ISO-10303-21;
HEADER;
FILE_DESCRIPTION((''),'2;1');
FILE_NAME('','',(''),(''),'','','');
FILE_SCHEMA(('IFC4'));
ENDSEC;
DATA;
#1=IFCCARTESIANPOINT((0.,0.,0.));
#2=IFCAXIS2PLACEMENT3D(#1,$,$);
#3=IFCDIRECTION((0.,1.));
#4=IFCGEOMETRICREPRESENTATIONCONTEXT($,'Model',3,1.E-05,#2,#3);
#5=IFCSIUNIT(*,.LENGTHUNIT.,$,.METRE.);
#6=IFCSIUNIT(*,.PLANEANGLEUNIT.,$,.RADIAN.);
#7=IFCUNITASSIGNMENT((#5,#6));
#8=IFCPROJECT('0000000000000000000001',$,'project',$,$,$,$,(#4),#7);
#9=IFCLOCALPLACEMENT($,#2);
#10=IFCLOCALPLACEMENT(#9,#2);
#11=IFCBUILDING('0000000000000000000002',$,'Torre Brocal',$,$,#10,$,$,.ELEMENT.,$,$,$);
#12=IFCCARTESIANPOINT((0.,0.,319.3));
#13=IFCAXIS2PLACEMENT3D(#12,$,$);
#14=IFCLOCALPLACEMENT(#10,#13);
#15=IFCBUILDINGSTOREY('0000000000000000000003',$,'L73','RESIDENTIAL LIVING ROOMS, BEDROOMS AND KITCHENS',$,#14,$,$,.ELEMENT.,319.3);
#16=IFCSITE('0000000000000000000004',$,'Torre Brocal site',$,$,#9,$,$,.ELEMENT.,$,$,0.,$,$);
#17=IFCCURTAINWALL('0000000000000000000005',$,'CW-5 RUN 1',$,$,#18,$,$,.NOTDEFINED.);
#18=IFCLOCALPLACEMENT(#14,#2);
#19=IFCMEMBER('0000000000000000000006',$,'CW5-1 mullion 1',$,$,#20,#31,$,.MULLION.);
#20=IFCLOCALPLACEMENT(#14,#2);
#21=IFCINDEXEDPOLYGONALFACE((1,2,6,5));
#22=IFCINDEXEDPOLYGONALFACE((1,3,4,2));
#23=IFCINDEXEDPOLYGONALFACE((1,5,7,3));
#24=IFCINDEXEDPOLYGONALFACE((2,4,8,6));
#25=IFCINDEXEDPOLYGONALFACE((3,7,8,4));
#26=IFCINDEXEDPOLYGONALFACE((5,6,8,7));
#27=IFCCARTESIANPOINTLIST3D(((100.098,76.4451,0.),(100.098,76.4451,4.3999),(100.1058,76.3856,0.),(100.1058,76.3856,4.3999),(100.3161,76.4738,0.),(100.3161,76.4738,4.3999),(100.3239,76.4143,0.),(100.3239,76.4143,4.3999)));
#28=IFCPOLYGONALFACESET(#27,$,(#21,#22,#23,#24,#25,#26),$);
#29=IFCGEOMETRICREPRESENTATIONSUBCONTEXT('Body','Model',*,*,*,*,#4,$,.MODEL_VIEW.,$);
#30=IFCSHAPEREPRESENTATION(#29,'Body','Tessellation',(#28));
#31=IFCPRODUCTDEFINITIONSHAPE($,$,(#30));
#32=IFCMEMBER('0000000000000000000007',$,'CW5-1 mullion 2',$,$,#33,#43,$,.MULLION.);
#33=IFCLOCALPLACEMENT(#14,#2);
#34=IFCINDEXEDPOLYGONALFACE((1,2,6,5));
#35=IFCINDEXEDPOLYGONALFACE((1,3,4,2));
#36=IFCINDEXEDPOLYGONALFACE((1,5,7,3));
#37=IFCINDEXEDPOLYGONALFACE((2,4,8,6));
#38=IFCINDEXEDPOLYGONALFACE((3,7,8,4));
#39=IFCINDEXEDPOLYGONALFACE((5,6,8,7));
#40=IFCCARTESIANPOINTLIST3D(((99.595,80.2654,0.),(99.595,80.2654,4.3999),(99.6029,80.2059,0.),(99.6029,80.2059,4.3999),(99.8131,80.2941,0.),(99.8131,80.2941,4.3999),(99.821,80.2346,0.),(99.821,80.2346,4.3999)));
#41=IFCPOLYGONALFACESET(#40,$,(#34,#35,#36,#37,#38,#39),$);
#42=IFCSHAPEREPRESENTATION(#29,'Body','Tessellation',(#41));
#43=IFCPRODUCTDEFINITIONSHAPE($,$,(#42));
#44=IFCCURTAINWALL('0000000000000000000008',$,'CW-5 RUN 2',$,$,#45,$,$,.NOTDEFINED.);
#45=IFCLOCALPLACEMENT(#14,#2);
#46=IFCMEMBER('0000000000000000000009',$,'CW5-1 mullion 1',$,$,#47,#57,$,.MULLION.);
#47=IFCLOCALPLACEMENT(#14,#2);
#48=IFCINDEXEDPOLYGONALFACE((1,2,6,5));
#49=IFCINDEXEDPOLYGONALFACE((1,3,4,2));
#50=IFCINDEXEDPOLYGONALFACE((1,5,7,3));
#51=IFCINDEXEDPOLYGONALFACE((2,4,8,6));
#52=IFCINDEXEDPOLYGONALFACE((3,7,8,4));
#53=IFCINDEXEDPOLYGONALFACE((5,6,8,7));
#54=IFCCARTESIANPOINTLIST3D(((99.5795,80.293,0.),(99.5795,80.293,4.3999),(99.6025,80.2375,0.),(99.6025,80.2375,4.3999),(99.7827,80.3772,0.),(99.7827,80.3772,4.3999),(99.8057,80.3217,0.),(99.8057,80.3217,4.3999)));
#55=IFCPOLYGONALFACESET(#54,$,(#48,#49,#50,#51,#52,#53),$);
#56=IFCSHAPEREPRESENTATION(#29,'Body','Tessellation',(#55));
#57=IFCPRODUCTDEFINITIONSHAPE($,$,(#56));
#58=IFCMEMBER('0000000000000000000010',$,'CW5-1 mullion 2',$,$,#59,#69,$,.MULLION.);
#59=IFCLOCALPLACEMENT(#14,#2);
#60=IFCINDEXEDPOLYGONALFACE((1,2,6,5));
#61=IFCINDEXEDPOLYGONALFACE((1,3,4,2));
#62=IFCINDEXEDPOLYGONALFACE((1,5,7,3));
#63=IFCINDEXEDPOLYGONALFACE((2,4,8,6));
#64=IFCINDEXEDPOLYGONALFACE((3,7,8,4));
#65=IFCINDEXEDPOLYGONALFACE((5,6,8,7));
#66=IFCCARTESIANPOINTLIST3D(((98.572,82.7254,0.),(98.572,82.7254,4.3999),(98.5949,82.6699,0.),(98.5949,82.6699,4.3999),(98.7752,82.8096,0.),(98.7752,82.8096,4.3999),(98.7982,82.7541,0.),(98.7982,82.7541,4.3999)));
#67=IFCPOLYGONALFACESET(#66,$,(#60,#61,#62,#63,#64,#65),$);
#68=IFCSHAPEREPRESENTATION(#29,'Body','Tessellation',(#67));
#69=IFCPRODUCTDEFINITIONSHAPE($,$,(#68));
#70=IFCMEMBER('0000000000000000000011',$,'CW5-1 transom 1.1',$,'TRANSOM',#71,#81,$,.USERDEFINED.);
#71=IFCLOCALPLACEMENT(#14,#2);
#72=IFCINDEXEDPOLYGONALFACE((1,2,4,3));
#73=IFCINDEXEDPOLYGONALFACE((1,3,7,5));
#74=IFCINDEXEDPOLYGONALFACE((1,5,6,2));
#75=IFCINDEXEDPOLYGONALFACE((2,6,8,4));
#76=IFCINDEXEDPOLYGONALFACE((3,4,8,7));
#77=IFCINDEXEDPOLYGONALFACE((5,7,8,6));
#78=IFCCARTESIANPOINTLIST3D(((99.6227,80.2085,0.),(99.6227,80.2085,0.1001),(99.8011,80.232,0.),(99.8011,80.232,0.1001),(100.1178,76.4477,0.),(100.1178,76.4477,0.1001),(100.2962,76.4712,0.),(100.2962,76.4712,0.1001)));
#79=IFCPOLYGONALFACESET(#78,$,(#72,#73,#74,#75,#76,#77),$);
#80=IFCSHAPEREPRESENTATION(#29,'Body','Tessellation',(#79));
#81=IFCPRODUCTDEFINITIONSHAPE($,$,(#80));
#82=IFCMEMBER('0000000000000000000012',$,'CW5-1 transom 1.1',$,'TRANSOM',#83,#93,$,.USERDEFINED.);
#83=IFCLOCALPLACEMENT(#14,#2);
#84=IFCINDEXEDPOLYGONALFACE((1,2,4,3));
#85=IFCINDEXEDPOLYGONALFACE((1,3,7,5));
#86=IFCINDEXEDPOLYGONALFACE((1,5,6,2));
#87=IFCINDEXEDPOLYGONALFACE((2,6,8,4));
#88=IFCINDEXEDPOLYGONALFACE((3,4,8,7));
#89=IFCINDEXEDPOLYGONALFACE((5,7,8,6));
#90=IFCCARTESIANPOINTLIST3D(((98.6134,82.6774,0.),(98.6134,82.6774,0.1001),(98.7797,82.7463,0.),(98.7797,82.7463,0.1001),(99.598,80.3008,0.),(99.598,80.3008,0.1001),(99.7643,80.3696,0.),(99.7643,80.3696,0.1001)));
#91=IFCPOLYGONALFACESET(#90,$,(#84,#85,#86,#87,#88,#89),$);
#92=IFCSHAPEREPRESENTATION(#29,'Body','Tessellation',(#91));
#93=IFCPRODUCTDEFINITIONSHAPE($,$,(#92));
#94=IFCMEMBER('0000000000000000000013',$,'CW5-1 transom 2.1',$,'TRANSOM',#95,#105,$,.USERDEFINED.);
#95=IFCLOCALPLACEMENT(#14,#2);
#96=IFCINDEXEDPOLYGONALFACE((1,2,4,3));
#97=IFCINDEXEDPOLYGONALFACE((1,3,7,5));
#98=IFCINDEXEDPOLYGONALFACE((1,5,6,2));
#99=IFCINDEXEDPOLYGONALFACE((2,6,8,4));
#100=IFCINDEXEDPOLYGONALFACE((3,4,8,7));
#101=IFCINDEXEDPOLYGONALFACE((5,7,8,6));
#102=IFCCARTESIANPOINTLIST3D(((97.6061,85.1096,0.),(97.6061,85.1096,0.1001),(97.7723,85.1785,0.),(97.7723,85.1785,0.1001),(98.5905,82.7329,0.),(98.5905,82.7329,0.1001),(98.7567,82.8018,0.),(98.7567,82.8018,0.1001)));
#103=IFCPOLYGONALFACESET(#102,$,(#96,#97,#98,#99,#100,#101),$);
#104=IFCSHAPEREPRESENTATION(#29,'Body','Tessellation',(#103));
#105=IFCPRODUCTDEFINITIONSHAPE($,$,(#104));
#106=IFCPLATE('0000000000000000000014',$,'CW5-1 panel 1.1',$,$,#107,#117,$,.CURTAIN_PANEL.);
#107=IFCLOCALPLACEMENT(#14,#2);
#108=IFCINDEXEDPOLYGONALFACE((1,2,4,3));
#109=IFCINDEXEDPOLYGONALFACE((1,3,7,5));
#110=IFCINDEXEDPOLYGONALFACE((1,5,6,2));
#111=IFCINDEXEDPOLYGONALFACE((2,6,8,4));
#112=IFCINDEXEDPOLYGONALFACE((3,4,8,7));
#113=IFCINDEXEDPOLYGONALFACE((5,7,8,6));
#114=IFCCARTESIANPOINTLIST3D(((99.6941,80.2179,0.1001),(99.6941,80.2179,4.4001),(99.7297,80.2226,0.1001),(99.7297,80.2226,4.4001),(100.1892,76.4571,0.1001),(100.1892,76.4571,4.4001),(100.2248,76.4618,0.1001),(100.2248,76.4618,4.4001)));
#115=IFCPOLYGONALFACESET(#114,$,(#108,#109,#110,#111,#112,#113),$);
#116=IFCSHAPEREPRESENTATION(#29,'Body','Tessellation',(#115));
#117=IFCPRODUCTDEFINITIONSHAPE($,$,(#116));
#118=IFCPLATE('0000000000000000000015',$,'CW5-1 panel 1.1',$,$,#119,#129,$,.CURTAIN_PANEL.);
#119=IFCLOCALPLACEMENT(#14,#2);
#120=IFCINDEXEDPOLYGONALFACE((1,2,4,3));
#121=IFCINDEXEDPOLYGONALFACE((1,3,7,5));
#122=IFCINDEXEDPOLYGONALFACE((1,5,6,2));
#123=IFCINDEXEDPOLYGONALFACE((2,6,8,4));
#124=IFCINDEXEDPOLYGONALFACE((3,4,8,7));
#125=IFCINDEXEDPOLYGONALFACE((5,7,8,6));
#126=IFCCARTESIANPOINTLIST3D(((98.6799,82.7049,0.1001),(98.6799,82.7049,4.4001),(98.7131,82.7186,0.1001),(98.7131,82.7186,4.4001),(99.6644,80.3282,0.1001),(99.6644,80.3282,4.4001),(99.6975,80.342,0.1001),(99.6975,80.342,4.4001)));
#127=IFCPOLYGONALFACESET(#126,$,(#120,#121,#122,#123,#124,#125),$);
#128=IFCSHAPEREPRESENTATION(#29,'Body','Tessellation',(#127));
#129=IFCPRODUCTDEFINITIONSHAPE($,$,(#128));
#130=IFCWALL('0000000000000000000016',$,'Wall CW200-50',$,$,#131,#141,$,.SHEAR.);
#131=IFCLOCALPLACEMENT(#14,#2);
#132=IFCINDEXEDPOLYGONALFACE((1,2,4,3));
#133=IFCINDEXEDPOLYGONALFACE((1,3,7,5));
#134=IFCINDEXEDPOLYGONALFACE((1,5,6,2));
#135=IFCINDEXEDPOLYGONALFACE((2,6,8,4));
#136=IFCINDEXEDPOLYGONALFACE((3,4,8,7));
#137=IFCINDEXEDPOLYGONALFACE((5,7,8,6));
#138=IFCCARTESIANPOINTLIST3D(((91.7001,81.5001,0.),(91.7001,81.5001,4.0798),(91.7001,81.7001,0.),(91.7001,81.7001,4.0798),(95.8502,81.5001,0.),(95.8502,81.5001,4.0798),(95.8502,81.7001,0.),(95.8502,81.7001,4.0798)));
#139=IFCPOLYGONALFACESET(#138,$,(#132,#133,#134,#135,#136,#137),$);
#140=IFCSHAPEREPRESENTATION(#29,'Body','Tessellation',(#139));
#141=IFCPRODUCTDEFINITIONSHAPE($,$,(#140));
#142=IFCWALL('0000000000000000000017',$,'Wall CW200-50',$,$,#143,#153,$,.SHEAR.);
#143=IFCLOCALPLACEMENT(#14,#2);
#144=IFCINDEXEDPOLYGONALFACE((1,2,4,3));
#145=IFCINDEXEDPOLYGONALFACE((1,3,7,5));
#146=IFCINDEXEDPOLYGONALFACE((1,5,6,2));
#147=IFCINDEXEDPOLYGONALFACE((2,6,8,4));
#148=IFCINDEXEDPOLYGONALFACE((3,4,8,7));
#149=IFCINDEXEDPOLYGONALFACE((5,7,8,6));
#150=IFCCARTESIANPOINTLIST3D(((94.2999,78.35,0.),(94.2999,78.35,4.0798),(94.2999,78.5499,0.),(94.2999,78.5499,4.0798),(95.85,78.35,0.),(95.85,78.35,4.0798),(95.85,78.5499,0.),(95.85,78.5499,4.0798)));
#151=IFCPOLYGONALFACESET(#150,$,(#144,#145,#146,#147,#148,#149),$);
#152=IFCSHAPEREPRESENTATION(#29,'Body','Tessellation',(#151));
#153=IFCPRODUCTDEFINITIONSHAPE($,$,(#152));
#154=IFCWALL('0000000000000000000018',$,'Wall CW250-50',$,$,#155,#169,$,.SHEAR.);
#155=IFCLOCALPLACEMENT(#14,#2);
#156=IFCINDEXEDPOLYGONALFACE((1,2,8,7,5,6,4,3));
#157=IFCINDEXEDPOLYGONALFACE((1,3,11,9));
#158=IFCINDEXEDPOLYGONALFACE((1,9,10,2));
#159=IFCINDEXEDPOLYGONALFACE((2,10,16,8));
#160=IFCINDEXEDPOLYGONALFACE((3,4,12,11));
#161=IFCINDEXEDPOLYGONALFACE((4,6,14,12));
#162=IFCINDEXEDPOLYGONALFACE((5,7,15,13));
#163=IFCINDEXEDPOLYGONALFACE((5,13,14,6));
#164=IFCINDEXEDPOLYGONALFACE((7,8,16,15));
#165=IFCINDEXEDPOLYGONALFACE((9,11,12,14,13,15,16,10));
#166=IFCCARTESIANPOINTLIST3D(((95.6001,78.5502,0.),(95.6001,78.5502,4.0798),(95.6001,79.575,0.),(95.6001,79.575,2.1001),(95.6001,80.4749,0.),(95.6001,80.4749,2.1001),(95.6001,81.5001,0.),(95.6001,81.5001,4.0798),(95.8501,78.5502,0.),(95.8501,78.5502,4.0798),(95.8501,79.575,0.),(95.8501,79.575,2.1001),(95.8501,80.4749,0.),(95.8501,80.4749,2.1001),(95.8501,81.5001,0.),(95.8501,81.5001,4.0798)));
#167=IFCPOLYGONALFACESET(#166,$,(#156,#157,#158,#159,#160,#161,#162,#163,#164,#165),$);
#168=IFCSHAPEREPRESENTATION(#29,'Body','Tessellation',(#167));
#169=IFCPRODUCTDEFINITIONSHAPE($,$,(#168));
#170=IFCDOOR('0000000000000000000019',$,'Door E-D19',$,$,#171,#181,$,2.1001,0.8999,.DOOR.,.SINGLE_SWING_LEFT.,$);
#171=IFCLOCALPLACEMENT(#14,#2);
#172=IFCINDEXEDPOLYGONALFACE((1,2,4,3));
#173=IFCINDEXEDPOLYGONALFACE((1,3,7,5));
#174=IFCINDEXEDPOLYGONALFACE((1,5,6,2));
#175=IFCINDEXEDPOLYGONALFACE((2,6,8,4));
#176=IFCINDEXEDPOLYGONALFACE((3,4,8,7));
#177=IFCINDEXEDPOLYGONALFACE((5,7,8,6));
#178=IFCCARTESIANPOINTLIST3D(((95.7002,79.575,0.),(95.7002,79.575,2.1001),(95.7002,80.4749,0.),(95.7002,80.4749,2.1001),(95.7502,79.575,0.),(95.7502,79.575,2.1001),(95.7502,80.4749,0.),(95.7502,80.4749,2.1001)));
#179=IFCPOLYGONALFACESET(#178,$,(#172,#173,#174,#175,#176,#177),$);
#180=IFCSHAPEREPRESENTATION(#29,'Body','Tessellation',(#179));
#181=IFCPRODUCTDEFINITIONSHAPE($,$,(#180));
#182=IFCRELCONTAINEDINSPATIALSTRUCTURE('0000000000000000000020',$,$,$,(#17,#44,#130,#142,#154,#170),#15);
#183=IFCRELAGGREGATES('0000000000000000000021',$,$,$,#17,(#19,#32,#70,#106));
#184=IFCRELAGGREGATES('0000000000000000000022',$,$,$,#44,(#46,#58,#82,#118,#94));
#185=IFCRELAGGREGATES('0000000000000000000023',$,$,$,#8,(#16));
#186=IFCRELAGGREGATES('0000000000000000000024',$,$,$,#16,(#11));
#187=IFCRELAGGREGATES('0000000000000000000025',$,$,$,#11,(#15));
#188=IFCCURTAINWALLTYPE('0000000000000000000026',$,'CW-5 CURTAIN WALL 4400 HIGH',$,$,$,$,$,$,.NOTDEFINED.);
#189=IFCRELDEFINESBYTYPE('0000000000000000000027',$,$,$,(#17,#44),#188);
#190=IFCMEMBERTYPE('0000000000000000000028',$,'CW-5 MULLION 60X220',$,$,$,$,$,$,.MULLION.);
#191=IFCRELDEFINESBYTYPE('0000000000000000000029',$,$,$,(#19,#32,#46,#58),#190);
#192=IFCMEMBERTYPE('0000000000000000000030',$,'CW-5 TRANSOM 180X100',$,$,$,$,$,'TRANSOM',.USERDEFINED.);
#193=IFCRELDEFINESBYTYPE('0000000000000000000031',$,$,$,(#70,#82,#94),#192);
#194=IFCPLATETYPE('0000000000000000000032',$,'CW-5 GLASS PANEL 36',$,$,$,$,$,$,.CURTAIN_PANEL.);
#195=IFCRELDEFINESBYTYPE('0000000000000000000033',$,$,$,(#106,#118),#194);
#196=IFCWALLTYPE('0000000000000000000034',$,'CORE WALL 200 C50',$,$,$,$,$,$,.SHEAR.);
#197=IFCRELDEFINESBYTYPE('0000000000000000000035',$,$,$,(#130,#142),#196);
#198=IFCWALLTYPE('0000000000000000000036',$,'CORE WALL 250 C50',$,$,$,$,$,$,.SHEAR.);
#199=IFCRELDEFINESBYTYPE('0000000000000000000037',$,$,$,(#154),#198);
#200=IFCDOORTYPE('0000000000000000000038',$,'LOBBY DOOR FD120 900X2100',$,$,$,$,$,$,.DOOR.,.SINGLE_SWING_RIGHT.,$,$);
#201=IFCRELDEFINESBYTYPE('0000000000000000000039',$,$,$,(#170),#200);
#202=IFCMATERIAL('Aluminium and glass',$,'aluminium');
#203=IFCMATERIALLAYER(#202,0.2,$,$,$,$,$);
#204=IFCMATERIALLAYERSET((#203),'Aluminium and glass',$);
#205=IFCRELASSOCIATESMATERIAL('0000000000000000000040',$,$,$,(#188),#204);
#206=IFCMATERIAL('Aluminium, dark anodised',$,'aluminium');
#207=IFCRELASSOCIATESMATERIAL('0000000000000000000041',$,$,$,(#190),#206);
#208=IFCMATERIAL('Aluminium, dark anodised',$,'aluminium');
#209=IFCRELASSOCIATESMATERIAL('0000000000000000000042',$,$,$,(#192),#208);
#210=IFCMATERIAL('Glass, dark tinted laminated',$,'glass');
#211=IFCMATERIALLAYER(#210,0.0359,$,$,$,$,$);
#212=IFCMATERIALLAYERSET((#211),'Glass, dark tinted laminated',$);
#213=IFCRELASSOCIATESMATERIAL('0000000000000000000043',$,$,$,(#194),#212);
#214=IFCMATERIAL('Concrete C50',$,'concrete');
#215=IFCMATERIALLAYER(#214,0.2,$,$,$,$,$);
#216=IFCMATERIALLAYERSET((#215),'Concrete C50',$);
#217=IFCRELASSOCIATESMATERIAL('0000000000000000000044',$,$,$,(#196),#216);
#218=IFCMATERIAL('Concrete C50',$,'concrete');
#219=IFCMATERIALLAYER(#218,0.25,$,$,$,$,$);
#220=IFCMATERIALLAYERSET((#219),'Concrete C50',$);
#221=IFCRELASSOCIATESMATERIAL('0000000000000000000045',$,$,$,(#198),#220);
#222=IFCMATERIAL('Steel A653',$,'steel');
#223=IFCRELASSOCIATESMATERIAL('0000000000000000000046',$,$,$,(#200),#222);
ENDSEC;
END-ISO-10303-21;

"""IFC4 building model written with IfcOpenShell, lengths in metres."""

from ifc_helpers import new_model, si_unit, direction, frame, frame_2d, origin, origin_2d, place, context, subcontext, project, spatial, rectangle, extrude, material, layer, layer_set, material_profile, profile_set, type_object, element, fill, aggregate, save


model = new_model("IFC4")

# Units and contexts
model_context = context("Model", 3, precision=1e-05, world=origin(), true_north=direction((0.0, 1.0)))
body_context = subcontext(model_context, "Body", "Model", "MODEL_VIEW")
ifc_project = project(units=[si_unit("LENGTHUNIT", "METRE"), si_unit("PLANEANGLEUNIT", "RADIAN")], contexts=[model_context])

# Site, building, storey
site_placement = place(None, origin())
site = spatial("IfcSite", under=ifc_project, at=site_placement, Name="Torre Brocal site", CompositionType="ELEMENT", RefElevation=0.0)
building_placement = place(site_placement, origin())
building = spatial("IfcBuilding", under=site, at=building_placement, Name="Torre Brocal", CompositionType="ELEMENT")
storey_placement = place(building_placement, frame((0.0, 0.0, 319.3)))
storey = spatial("IfcBuildingStorey", under=building, at=storey_placement, Name="L73", Description="RESIDENTIAL LIVING ROOMS, BEDROOMS AND KITCHENS", CompositionType="ELEMENT", Elevation=319.3)

# Curtain walls, members
ifc_material_1 = material(Name="Aluminium and glass", Category="aluminium")
ifc_layer_1 = layer(ifc_material_1, 0.2)
ifc_layer_set_1 = layer_set([ifc_layer_1], Name="Aluminium and glass")
curtain_wall_type = type_object("IfcCurtainWallType", Name="CW-5 CURTAIN WALL 4400 HIGH", PredefinedType="NOTDEFINED", material=ifc_layer_set_1)
curtain_wall_1_placement = place(storey_placement, origin())
curtain_wall_1 = element("IfcCurtainWall", 1, at=curtain_wall_1_placement, inside=storey, type_object=curtain_wall_type, Name="CW-5 RUN 1", PredefinedType="NOTDEFINED")
ifc_material_2 = material(Name="Aluminium, dark anodised", Category="aluminium")
ifc_material_profile_1 = material_profile(ifc_material_2, rectangle(XDim=0.22, YDim=0.0601, at=origin_2d()), Name="CW-5 MULLION 60X220")
ifc_profile_set_1 = profile_set([ifc_material_profile_1], Name="Aluminium, dark anodised")
member_type_1 = type_object("IfcMemberType", Name="CW-5 MULLION 60X220", PredefinedType="MULLION", material=ifc_profile_set_1)
member_1_placement = place(storey_placement, frame((100.2109, 76.4297, 0.0), z_axis=(0.0, 0.0, 1.0), x_axis=(-0.991445, -0.130526, 0.0)))
member_1 = element("IfcMember", 2, at=member_1_placement, type_object=member_type_1, Name="CW5-1 mullion 1", PredefinedType="MULLION", context=body_context, shape_type="SweptSolid", body=[
    extrude(rectangle(XDim=0.22, YDim=0.0601, at=origin_2d()), origin(), (0.0, 0.0, 1.0), 4.3999),
])
member_2_placement = place(storey_placement, frame((99.708, 80.25, 0.0), z_axis=(0.0, 0.0, 1.0), x_axis=(-0.991445, -0.130526, 0.0)))
member_2 = element("IfcMember", 3, at=member_2_placement, type_object=member_type_1, Name="CW5-1 mullion 2", PredefinedType="MULLION", context=body_context, shape_type="SweptSolid", body=[
    extrude(rectangle(XDim=0.22, YDim=0.0601, at=origin_2d()), origin(), (0.0, 0.0, 1.0), 4.3999),
])
curtain_wall_2_placement = place(storey_placement, origin())
curtain_wall_2 = element("IfcCurtainWall", 4, at=curtain_wall_2_placement, inside=storey, type_object=curtain_wall_type, Name="CW-5 RUN 2", PredefinedType="NOTDEFINED")
member_3_placement = place(storey_placement, frame((99.6926, 80.3074, 0.0), z_axis=(0.0, 0.0, 1.0), x_axis=(-0.92388, -0.382683, 0.0)))
member_3 = element("IfcMember", 5, at=member_3_placement, type_object=member_type_1, Name="CW5-1 mullion 1", PredefinedType="MULLION", context=body_context, shape_type="SweptSolid", body=[
    extrude(rectangle(XDim=0.22, YDim=0.0601, at=origin_2d()), origin(), (0.0, 0.0, 1.0), 4.3999),
])
member_4_placement = place(storey_placement, frame((98.6851, 82.7397, 0.0), z_axis=(0.0, 0.0, 1.0), x_axis=(-0.92388, -0.382683, 0.0)))
member_4 = element("IfcMember", 6, at=member_4_placement, type_object=member_type_1, Name="CW5-1 mullion 2", PredefinedType="MULLION", context=body_context, shape_type="SweptSolid", body=[
    extrude(rectangle(XDim=0.22, YDim=0.0601, at=origin_2d()), origin(), (0.0, 0.0, 1.0), 4.3999),
])

# Members
ifc_material_3 = material(Name="Aluminium, dark anodised", Category="aluminium")
ifc_material_profile_2 = material_profile(ifc_material_3, rectangle(XDim=0.1799, YDim=0.1001, at=origin_2d()), Name="CW-5 TRANSOM 180X100")
ifc_profile_set_2 = profile_set([ifc_material_profile_2], Name="Aluminium, dark anodised")
member_type_2 = type_object("IfcMemberType", Name="CW-5 TRANSOM 180X100", ElementType="TRANSOM", PredefinedType="USERDEFINED", material=ifc_profile_set_2)
member_5_placement = place(storey_placement, frame((100.207, 76.4595, 0.05), z_axis=(-0.130528, 0.991445, 0.0), x_axis=(-0.991445, -0.130528, 0.0)))
member_5 = element("IfcMember", 7, at=member_5_placement, type_object=member_type_2, Name="CW5-1 transom 1.1", ObjectType="TRANSOM", PredefinedType="USERDEFINED", context=body_context, shape_type="SweptSolid", body=[
    extrude(rectangle(XDim=0.1799, YDim=0.1001, at=origin_2d()), origin(), (0.0, 0.0, 1.0), 3.7932),
])
member_6_placement = place(storey_placement, frame((99.6812, 80.3352, 0.05), z_axis=(-0.382735, 0.923858, 0.0), x_axis=(-0.923858, -0.382735, 0.0)))
member_6 = element("IfcMember", 8, at=member_6_placement, type_object=member_type_2, Name="CW5-1 transom 1.1", ObjectType="TRANSOM", PredefinedType="USERDEFINED", context=body_context, shape_type="SweptSolid", body=[
    extrude(rectangle(XDim=0.1799, YDim=0.1001, at=origin_2d()), origin(), (0.0, 0.0, 1.0), 2.5725),
])
member_7_placement = place(storey_placement, frame((98.6736, 82.7673, 0.05), z_axis=(-0.382654, 0.923892, 0.0), x_axis=(-0.923892, -0.382654, 0.0)))
member_7 = element("IfcMember", 9, at=member_7_placement, type_object=member_type_2, Name="CW5-1 transom 2.1", ObjectType="TRANSOM", PredefinedType="USERDEFINED", context=body_context, shape_type="SweptSolid", body=[
    extrude(rectangle(XDim=0.1799, YDim=0.1001, at=origin_2d()), origin(), (0.0, 0.0, 1.0), 2.5725),
])

# Plates
ifc_material_4 = material(Name="Glass, dark tinted laminated", Category="glass")
ifc_layer_2 = layer(ifc_material_4, 0.0359)
ifc_layer_set_2 = layer_set([ifc_layer_2], Name="Glass, dark tinted laminated")
plate_type = type_object("IfcPlateType", Name="CW-5 GLASS PANEL 36", PredefinedType="CURTAIN_PANEL", material=ifc_layer_set_2)
plate_1_placement = place(storey_placement, frame((99.9595, 78.3398, 0.1001), z_axis=(0.0, 0.0, 1.0), x_axis=(-0.130526, 0.991445, 0.0)))
plate_1 = element("IfcPlate", 10, at=plate_1_placement, type_object=plate_type, Name="CW5-1 panel 1.1", PredefinedType="CURTAIN_PANEL", context=body_context, shape_type="SweptSolid", body=[
    extrude(rectangle(XDim=3.7932, YDim=0.0359, at=origin_2d()), origin(), (0.0, 0.0, 1.0), 4.3),
])
aggregate(curtain_wall_1, [member_1, member_2, member_5, plate_1])
plate_2_placement = place(storey_placement, frame((99.1887, 81.5234, 0.1001), z_axis=(0.0, 0.0, 1.0), x_axis=(-0.382683, 0.92388, 0.0)))
plate_2 = element("IfcPlate", 11, at=plate_2_placement, type_object=plate_type, Name="CW5-1 panel 1.1", PredefinedType="CURTAIN_PANEL", context=body_context, shape_type="SweptSolid", body=[
    extrude(rectangle(XDim=2.5725, YDim=0.0359, at=origin_2d()), origin(), (0.0, 0.0, 1.0), 4.3),
])
aggregate(curtain_wall_2, [member_3, member_4, member_6, plate_2, member_7])

# Walls
ifc_material_5 = material(Name="Concrete C50", Category="concrete")
ifc_layer_3 = layer(ifc_material_5, 0.2)
ifc_layer_set_3 = layer_set([ifc_layer_3], Name="Concrete C50")
wall_type_1 = type_object("IfcWallType", Name="CORE WALL 200 C50", PredefinedType="SHEAR", material=ifc_layer_set_3)
wall_1_placement = place(storey_placement, frame((91.7, 81.6001, 0.0), z_axis=(0.0, 0.0, 1.0), x_axis=(1.0, 0.0, 0.0)))
element("IfcWall", 12, at=wall_1_placement, inside=storey, type_object=wall_type_1, Name="Wall CW200-50", PredefinedType="SHEAR", context=body_context, shape_type="SweptSolid", body=[
    extrude(rectangle(XDim=4.1501, YDim=0.2, at=frame_2d((2.0752, 0.0))), origin(), (0.0, 0.0, 1.0), 4.0798),
])
wall_2_placement = place(storey_placement, frame((94.3, 78.45, 0.0), z_axis=(0.0, 0.0, 1.0), x_axis=(1.0, 0.0, 0.0)))
element("IfcWall", 13, at=wall_2_placement, inside=storey, type_object=wall_type_1, Name="Wall CW200-50", PredefinedType="SHEAR", context=body_context, shape_type="SweptSolid", body=[
    extrude(rectangle(XDim=1.55, YDim=0.2, at=frame_2d((0.7749, 0.0))), origin(), (0.0, 0.0, 1.0), 4.0798),
])

# Wall, opening, door
ifc_material_6 = material(Name="Concrete C50", Category="concrete")
ifc_layer_4 = layer(ifc_material_6, 0.25)
ifc_layer_set_4 = layer_set([ifc_layer_4], Name="Concrete C50")
wall_type_2 = type_object("IfcWallType", Name="CORE WALL 250 C50", PredefinedType="SHEAR", material=ifc_layer_set_4)
wall_3_placement = place(storey_placement, frame((95.7251, 78.55, 0.0), z_axis=(0.0, 0.0, 1.0), x_axis=(0.0, 1.0, 0.0)))
wall_3 = element("IfcWall", 14, at=wall_3_placement, inside=storey, type_object=wall_type_2, Name="Wall CW250-50", PredefinedType="SHEAR", context=body_context, shape_type="SweptSolid", body=[
    extrude(rectangle(XDim=2.95, YDim=0.25, at=frame_2d((1.4751, 0.0))), origin(), (0.0, 0.0, 1.0), 4.0798),
])
opening_1_placement = place(wall_3_placement, frame((1.0249, 0.0, 0.0)))
opening_1 = element("IfcOpeningElement", 15, at=opening_1_placement, cuts=wall_3, PredefinedType="OPENING", context=body_context, shape_type="SweptSolid", body=[
    extrude(rectangle(XDim=0.8999, YDim=2.1001, at=frame_2d((0.45, 1.05))), frame((0.0, 0.135, 0.0), z_axis=(0.0, -1.0, 0.0), x_axis=(1.0, 0.0, 0.0)), (0.0, 0.0, 1.0), 0.27),
])
ifc_material_7 = material(Name="Steel A653", Category="steel")
door_type_1 = type_object("IfcDoorType", Name="LOBBY DOOR FD120 900X2100", OperationType="SINGLE_SWING_RIGHT", PredefinedType="DOOR", material=ifc_material_7)
door_1_placement = place(opening_1_placement, origin())
door_1 = element("IfcDoor", 16, at=door_1_placement, inside=storey, type_object=door_type_1, Name="Door E-D19", OperationType="SINGLE_SWING_LEFT", OverallHeight=2.1001, OverallWidth=0.8999, PredefinedType="DOOR", context=body_context, shape_type="SweptSolid", body=[
    extrude(rectangle(XDim=0.8999, YDim=2.1001, at=frame_2d((0.45, 1.05))), frame((0.0, 0.0249, 0.0), z_axis=(0.0, -1.0, 0.0), x_axis=(1.0, 0.0, 0.0)), (0.0, 0.0, 1.0), 0.05),
])
fill(opening_1, door_1)

save(model, "model.ifc")
